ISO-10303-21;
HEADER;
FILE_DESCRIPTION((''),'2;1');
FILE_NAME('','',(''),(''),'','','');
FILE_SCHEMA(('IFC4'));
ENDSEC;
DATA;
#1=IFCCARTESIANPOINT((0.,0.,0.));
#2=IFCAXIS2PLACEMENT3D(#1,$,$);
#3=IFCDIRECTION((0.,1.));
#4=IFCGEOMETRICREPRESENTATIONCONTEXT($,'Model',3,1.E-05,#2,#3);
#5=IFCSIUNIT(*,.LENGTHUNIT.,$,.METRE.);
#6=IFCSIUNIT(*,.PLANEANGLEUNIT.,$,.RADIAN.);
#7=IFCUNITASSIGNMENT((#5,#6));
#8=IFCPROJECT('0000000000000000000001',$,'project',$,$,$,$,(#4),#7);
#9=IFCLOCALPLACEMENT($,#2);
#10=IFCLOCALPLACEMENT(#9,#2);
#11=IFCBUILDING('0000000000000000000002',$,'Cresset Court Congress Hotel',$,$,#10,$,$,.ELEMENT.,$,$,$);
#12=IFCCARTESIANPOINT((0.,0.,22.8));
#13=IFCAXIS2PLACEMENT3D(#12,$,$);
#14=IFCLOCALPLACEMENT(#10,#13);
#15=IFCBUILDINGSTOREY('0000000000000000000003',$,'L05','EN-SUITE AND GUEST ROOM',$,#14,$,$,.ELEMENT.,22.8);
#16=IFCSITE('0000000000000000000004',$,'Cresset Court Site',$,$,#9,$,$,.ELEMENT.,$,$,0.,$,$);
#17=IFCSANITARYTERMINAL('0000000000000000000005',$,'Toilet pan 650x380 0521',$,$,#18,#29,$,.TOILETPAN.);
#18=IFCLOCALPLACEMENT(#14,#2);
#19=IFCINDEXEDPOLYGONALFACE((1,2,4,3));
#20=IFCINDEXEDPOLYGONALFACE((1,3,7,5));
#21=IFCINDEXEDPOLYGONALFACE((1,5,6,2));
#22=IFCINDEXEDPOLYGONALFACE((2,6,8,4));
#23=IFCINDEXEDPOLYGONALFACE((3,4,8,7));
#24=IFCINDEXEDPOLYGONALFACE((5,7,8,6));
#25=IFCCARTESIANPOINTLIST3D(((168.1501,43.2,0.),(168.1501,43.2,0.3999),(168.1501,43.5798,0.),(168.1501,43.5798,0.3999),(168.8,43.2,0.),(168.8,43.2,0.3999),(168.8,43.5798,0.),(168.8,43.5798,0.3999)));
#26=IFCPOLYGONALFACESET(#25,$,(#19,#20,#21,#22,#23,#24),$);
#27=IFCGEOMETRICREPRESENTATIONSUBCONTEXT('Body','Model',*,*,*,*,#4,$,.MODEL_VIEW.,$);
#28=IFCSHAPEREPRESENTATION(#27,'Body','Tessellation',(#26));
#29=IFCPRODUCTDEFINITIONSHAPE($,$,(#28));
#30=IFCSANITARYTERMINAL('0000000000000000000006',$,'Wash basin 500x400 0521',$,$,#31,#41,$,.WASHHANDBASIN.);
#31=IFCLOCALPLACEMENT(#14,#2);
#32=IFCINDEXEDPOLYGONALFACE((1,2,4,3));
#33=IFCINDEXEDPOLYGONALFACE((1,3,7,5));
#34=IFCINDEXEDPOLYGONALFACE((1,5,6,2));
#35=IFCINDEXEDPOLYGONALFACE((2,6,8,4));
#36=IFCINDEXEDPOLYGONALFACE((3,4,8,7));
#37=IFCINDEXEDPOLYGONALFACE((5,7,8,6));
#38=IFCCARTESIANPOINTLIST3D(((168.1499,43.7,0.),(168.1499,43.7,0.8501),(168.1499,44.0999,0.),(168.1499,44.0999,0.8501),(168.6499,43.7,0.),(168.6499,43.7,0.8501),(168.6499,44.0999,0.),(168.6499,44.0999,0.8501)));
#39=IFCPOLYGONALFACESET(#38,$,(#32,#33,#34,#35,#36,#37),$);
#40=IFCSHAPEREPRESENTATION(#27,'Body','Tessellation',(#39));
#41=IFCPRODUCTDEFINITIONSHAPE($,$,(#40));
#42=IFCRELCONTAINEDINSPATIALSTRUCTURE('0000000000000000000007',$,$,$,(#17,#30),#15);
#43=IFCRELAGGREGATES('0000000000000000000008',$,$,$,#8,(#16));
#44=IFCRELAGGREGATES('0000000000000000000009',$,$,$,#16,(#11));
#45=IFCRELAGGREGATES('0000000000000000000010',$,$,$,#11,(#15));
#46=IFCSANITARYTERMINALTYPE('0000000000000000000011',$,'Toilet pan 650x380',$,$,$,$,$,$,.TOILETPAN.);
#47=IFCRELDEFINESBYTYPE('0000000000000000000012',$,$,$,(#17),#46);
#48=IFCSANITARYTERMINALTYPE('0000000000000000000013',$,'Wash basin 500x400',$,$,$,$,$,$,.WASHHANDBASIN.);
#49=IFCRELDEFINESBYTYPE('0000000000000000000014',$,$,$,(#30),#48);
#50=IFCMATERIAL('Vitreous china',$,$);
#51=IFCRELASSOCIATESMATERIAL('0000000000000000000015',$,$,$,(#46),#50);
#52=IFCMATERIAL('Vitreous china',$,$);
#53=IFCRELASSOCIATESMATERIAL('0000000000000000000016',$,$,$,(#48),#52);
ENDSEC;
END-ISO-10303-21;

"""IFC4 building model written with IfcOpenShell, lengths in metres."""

from ifc_helpers import new_model, si_unit, direction, frame, origin, origin_2d, place, context, subcontext, project, spatial, rectangle, extrude, material, type_object, element, save


model = new_model("IFC4")

# Units and contexts
model_context = context("Model", 3, precision=1e-05, world=origin(), true_north=direction((0.0, 1.0)))
body_context = subcontext(model_context, "Body", "Model", "MODEL_VIEW")
ifc_project = project(units=[si_unit("LENGTHUNIT", "METRE"), si_unit("PLANEANGLEUNIT", "RADIAN")], contexts=[model_context])

# Site, building, storey
site_placement = place(None, origin())
site = spatial("IfcSite", under=ifc_project, at=site_placement, Name="Cresset Court Site", CompositionType="ELEMENT", RefElevation=0.0)
building_placement = place(site_placement, origin())
building = spatial("IfcBuilding", under=site, at=building_placement, Name="Cresset Court Congress Hotel", CompositionType="ELEMENT")
storey_placement = place(building_placement, frame((0.0, 0.0, 22.8)))
storey = spatial("IfcBuildingStorey", under=building, at=storey_placement, Name="L05", Description="EN-SUITE AND GUEST ROOM", CompositionType="ELEMENT", Elevation=22.8)

# Sanitary terminals
ifc_material_1 = material(Name="Vitreous china")
sanitary_terminal_type_1 = type_object("IfcSanitaryTerminalType", Name="Toilet pan 650x380", PredefinedType="TOILETPAN", material=ifc_material_1)
sanitary_terminal_1_placement = place(storey_placement, frame((168.4751, 43.3899, 0.0), z_axis=(0.0, 0.0, 1.0), x_axis=(1.0, 0.0, 0.0)))
element("IfcSanitaryTerminal", 1, at=sanitary_terminal_1_placement, inside=storey, type_object=sanitary_terminal_type_1, Name="Toilet pan 650x380 0521", PredefinedType="TOILETPAN", context=body_context, shape_type="SweptSolid", body=[
    extrude(rectangle(XDim=0.6499, YDim=0.3799, at=origin_2d()), origin(), (0.0, 0.0, 1.0), 0.3999),
])
ifc_material_2 = material(Name="Vitreous china")
sanitary_terminal_type_2 = type_object("IfcSanitaryTerminalType", Name="Wash basin 500x400", PredefinedType="WASHHANDBASIN", material=ifc_material_2)
sanitary_terminal_2_placement = place(storey_placement, frame((168.3999, 43.8999, 0.0), z_axis=(0.0, 0.0, 1.0), x_axis=(1.0, 0.0, 0.0)))
element("IfcSanitaryTerminal", 2, at=sanitary_terminal_2_placement, inside=storey, type_object=sanitary_terminal_type_2, Name="Wash basin 500x400 0521", PredefinedType="WASHHANDBASIN", context=body_context, shape_type="SweptSolid", body=[
    extrude(rectangle(XDim=0.5, YDim=0.3999, at=origin_2d()), origin(), (0.0, 0.0, 1.0), 0.8501),
])

save(model, "model.ifc")
